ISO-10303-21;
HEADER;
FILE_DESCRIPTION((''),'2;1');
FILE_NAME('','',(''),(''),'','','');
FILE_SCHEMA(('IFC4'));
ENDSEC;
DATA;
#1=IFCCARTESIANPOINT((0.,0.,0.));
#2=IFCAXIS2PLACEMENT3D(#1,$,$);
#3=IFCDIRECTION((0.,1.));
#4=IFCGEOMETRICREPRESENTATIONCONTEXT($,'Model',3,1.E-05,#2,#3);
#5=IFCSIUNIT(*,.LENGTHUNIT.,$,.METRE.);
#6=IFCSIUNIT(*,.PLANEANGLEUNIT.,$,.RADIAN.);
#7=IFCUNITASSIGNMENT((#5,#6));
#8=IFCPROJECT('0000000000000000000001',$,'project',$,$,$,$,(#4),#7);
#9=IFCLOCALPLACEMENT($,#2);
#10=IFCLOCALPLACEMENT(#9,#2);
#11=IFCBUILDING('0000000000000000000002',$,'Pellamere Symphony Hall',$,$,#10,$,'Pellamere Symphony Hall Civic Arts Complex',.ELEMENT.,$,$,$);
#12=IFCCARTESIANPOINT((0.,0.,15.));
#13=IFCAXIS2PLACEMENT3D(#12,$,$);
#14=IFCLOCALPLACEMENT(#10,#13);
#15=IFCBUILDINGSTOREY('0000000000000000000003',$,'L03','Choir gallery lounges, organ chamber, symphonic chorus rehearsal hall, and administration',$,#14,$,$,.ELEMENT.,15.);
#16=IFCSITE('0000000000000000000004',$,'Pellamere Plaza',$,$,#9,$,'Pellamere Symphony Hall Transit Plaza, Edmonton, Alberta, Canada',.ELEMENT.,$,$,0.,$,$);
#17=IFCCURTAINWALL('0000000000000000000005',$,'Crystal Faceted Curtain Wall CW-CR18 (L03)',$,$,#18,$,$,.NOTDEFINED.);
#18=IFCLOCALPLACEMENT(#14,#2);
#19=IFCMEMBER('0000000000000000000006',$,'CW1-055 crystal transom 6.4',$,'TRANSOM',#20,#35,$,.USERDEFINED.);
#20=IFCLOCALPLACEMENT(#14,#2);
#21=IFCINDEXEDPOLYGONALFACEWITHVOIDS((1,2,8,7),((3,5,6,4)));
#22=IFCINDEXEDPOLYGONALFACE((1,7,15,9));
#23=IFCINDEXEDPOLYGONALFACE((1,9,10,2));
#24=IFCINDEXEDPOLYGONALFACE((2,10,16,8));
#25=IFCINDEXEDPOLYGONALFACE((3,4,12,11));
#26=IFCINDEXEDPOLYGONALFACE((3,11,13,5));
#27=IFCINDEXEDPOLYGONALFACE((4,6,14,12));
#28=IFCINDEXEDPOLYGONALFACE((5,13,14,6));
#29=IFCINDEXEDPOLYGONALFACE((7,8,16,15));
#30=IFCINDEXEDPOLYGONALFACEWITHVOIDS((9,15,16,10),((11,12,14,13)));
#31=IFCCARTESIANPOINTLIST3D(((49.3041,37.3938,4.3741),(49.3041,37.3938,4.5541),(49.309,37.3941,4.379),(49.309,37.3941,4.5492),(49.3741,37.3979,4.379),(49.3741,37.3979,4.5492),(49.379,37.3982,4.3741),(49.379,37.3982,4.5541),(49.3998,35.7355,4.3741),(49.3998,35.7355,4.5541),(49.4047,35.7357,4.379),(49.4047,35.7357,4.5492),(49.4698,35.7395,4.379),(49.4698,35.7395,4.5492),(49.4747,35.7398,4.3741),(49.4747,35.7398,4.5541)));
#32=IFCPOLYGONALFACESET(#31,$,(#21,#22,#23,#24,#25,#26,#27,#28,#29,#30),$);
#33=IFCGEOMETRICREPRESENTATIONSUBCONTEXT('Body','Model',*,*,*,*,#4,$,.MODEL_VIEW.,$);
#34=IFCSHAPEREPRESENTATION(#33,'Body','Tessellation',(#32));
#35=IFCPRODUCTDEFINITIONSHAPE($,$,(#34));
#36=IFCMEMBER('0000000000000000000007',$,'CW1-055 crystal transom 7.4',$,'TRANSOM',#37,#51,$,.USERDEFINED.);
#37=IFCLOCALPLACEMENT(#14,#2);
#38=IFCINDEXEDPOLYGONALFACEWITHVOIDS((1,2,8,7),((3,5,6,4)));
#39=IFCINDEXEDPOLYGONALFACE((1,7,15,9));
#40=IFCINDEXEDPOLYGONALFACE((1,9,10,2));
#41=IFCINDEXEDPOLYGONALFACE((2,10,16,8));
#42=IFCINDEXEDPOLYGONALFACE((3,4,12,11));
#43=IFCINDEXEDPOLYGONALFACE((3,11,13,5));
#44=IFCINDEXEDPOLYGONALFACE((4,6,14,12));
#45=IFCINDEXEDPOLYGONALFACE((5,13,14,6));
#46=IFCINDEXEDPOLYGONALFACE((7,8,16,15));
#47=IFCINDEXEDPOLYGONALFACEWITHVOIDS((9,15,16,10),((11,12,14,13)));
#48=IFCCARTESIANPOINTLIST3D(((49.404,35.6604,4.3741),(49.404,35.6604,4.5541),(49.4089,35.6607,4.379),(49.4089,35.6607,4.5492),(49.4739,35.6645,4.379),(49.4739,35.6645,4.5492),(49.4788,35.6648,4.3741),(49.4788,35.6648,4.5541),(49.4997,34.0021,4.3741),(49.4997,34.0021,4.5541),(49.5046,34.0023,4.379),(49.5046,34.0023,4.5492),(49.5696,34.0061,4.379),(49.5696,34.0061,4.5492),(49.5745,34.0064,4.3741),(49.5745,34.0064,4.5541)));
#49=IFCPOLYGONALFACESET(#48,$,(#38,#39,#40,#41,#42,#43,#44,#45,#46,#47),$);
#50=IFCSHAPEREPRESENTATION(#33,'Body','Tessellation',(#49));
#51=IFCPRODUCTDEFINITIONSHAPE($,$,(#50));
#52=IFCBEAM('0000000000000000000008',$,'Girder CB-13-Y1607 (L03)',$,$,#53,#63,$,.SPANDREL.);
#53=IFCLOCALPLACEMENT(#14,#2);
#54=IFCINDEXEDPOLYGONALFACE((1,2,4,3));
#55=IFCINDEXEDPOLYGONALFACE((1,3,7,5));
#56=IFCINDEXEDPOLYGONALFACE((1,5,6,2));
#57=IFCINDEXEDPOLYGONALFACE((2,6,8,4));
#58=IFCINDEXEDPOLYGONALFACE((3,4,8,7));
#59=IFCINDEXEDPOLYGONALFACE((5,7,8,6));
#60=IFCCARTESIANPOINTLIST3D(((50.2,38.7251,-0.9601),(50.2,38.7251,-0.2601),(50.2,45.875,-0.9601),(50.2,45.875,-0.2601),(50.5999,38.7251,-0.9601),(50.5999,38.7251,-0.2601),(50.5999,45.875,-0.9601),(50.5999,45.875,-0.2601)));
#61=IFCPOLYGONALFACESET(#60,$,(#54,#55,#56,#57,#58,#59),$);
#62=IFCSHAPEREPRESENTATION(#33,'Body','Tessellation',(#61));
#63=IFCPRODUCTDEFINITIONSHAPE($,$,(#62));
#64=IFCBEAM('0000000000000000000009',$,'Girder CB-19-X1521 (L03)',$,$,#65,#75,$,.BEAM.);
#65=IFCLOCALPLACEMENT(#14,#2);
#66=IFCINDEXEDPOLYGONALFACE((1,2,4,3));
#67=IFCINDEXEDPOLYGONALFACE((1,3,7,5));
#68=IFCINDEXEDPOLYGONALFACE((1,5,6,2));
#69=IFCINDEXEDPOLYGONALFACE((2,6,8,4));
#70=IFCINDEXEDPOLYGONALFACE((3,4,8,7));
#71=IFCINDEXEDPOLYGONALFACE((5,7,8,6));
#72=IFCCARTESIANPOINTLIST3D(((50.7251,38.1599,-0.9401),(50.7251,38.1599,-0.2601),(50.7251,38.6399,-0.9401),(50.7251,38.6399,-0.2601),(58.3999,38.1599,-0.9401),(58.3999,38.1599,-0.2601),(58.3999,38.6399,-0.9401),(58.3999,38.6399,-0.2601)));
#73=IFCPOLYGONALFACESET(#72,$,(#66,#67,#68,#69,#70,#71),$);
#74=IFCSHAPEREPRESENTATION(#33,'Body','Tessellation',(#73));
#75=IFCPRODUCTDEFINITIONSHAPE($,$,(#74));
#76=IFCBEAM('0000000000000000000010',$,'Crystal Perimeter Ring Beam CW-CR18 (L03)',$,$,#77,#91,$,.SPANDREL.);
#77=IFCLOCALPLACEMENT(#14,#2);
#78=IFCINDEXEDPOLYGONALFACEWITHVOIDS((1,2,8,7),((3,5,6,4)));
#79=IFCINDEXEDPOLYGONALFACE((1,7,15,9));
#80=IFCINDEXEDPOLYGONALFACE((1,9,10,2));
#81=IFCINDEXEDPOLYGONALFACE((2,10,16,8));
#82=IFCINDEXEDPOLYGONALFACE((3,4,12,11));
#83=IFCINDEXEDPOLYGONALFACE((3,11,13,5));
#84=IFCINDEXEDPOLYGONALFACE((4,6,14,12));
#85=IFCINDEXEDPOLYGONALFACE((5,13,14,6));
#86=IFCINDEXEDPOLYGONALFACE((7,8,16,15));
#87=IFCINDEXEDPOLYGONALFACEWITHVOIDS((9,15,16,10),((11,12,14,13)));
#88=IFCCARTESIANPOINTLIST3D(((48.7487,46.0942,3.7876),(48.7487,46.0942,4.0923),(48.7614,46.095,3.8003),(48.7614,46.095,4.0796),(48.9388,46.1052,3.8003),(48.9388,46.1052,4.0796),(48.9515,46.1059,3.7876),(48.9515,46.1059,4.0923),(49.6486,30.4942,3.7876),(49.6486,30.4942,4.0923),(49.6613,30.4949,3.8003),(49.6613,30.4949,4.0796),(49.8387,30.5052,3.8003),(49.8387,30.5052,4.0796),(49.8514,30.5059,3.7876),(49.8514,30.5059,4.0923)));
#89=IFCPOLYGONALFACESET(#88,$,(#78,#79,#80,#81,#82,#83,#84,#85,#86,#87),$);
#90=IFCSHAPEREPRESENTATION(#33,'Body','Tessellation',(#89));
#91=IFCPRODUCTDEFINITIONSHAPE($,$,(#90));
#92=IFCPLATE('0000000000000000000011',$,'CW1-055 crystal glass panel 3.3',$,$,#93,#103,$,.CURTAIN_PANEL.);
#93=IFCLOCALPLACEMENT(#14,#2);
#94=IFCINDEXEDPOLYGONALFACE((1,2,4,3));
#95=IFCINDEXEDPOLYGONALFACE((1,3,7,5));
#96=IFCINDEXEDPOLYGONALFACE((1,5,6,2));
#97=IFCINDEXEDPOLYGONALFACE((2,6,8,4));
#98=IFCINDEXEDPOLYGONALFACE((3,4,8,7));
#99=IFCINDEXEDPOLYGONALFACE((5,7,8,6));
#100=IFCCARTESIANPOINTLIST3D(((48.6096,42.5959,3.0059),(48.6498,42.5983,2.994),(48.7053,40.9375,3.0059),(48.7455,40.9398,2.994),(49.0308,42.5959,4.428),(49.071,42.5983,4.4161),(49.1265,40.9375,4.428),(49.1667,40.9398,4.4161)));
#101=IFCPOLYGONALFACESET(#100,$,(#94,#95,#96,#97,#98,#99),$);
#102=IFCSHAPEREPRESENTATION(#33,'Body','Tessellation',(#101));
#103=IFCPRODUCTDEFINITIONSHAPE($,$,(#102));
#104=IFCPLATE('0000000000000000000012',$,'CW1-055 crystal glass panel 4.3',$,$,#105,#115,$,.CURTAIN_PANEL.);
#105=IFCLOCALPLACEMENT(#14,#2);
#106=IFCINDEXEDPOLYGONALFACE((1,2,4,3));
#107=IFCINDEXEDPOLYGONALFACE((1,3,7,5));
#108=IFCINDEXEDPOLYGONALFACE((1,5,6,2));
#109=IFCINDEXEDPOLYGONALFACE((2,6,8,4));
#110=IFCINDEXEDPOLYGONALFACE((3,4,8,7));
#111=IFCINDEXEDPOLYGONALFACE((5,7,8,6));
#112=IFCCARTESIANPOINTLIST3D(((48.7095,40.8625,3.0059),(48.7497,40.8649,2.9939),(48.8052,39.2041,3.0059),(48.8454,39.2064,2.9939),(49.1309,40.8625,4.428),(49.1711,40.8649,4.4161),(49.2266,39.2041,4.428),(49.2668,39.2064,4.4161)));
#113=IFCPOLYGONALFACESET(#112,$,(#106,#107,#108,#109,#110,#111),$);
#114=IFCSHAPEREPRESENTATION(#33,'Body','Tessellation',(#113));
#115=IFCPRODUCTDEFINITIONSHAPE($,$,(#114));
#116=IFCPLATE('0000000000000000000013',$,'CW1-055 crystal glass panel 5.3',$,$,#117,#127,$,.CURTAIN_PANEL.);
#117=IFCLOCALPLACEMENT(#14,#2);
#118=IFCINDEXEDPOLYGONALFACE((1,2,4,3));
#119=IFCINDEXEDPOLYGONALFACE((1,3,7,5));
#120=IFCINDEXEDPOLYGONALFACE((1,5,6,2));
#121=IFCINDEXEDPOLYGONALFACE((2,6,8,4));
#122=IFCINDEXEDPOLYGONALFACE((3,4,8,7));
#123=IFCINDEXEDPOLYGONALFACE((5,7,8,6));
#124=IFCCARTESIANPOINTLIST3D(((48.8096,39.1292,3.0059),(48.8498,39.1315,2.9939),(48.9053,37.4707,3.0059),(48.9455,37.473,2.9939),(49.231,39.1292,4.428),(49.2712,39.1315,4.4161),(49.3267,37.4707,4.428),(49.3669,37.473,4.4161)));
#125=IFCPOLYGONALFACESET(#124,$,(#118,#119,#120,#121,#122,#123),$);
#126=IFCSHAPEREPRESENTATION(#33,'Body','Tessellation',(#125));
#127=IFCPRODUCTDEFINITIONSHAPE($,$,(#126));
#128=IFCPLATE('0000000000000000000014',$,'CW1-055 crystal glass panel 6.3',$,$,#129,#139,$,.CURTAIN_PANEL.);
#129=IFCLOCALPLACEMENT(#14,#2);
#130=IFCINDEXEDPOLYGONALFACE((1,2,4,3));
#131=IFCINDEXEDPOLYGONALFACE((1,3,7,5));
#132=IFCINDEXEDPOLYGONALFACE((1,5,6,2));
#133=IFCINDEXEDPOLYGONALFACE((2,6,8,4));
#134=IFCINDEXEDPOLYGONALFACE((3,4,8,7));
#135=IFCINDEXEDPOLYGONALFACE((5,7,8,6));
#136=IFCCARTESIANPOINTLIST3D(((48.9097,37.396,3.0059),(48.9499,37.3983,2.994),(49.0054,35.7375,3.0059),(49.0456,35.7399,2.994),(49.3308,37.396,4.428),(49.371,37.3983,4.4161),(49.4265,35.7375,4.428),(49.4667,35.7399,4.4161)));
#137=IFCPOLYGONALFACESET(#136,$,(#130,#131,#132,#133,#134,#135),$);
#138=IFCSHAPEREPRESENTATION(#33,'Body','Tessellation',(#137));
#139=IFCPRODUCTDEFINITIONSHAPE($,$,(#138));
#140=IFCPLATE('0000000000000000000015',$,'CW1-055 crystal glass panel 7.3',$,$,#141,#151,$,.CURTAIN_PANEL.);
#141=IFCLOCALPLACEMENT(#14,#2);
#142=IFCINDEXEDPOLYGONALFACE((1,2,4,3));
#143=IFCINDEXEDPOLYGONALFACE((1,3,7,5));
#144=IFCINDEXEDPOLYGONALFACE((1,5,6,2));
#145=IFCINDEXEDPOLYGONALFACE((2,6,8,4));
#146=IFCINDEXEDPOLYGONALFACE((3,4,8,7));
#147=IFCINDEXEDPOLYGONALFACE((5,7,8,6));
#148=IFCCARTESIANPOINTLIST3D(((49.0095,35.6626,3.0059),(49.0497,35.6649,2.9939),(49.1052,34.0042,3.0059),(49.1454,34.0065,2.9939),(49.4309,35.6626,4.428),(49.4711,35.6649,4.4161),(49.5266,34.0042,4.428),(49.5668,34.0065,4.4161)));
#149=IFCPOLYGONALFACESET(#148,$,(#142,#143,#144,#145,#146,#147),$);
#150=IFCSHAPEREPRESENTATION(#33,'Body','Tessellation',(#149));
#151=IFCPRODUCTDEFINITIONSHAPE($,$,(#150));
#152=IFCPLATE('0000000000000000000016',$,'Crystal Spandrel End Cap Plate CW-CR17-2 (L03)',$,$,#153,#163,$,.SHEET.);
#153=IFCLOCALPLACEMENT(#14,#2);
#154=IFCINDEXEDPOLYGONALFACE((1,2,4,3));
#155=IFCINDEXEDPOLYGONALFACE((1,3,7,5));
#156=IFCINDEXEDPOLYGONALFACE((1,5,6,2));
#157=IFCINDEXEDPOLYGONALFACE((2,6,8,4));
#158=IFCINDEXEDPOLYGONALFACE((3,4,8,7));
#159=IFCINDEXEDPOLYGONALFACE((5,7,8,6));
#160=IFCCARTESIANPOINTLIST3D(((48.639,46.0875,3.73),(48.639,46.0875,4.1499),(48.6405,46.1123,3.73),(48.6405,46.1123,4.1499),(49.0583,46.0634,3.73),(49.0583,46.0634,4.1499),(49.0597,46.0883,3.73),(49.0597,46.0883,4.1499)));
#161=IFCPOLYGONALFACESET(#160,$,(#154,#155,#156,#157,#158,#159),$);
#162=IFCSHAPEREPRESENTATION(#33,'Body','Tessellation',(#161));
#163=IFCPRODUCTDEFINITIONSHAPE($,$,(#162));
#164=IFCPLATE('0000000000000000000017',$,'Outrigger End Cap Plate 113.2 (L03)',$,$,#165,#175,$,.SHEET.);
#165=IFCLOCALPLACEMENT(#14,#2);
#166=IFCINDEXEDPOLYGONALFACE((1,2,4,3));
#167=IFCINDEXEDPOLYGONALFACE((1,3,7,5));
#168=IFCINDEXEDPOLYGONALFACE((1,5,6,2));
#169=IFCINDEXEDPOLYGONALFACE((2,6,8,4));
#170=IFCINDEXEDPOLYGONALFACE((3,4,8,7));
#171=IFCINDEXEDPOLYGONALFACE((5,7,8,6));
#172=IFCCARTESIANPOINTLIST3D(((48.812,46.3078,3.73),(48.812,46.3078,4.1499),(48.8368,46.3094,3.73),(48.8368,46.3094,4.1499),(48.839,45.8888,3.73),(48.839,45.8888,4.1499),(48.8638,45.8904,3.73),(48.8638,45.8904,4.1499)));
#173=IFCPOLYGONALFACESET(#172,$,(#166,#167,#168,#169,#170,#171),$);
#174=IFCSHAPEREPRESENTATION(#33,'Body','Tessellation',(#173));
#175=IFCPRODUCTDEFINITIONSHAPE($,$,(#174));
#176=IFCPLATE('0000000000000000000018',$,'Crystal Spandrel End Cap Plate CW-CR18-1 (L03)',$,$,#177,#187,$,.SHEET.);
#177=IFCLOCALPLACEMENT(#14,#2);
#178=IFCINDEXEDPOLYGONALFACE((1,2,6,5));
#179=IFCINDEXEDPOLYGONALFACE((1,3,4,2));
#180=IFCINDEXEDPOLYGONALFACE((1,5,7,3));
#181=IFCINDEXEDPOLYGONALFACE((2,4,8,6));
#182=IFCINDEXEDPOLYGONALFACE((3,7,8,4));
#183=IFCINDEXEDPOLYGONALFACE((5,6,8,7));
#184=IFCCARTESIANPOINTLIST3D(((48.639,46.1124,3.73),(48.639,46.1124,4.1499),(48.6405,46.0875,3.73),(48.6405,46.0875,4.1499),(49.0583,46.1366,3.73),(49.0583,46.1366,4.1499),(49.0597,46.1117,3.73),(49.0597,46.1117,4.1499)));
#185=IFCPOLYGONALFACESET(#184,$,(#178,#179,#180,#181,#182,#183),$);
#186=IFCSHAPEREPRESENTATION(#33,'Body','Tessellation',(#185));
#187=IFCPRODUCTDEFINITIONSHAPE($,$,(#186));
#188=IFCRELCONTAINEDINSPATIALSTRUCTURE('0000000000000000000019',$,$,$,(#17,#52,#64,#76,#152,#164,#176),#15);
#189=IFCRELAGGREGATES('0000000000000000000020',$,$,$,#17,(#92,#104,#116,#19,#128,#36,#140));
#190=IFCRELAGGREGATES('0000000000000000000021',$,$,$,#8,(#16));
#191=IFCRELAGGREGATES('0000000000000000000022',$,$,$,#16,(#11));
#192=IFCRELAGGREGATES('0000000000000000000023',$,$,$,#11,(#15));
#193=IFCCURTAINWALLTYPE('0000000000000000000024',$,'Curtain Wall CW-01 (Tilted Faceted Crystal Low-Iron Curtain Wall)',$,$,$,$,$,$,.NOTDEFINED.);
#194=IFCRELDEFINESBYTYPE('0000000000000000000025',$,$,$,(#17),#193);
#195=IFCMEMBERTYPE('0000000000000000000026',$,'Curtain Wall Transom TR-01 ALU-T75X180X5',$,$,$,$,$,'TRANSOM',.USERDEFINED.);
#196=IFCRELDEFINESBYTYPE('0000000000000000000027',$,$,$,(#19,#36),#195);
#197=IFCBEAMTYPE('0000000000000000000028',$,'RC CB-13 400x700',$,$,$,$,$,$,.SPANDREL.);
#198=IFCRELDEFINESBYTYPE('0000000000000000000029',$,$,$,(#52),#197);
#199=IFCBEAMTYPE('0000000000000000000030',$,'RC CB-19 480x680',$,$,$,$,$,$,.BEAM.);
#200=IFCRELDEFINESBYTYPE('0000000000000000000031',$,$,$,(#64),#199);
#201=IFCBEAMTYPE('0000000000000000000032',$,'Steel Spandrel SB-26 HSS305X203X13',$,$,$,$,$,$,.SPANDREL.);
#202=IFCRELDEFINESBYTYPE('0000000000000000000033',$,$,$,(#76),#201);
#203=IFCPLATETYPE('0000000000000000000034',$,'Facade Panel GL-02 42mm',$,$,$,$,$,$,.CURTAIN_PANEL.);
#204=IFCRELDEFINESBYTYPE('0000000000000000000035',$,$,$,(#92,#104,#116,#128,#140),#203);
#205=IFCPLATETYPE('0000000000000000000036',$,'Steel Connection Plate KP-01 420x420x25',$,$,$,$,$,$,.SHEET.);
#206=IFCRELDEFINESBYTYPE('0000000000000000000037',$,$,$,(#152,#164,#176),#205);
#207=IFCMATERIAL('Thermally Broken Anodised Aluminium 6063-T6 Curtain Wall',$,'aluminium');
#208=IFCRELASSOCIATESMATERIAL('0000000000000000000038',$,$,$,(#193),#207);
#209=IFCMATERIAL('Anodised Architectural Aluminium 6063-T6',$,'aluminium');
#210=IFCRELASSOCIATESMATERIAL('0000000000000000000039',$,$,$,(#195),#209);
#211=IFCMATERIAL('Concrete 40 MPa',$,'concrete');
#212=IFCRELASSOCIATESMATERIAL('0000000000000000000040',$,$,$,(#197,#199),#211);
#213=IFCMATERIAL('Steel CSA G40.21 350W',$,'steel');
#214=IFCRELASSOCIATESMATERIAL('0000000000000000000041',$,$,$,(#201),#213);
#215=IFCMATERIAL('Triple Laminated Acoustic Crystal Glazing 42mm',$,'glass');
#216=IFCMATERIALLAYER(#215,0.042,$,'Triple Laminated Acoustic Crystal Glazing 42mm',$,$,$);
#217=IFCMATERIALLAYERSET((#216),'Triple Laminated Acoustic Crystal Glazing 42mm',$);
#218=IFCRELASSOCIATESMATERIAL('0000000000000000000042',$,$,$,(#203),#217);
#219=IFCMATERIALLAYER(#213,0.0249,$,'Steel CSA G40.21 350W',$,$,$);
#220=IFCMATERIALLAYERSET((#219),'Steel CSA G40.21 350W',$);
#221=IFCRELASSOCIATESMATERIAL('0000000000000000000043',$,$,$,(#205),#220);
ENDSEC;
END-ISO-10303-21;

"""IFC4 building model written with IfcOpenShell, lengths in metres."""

from ifc_helpers import new_model, si_unit, direction, frame, origin, origin_2d, place, context, subcontext, project, spatial, polyline, rectangle, hollow_rectangle, outline, extrude, material, layer, layer_set, material_profile, profile_set, type_object, element, aggregate, save


model = new_model("IFC4")

# Units and contexts
model_context = context("Model", 3, precision=1e-05, world=origin(), true_north=direction((0.0, 1.0)))
body_context = subcontext(model_context, "Body", "Model", "MODEL_VIEW")
ifc_project = project(units=[si_unit("LENGTHUNIT", "METRE"), si_unit("PLANEANGLEUNIT", "RADIAN")], contexts=[model_context])

# Site, building, storey
site_placement = place(None, origin())
site = spatial("IfcSite", under=ifc_project, at=site_placement, Name="Pellamere Plaza", LongName="Pellamere Symphony Hall Transit Plaza, Edmonton, Alberta, Canada", CompositionType="ELEMENT", RefElevation=0.0)
building_placement = place(site_placement, origin())
building = spatial("IfcBuilding", under=site, at=building_placement, Name="Pellamere Symphony Hall", LongName="Pellamere Symphony Hall Civic Arts Complex", CompositionType="ELEMENT")
storey_placement = place(building_placement, frame((0.0, 0.0, 15.0)))
storey = spatial("IfcBuildingStorey", under=building, at=storey_placement, Name="L03", Description="Choir gallery lounges, organ chamber, symphonic chorus rehearsal hall, and administration", CompositionType="ELEMENT", Elevation=15.0)

# Shared definitions
ifc_material_1 = material(Name="Concrete 40 MPa", Category="concrete")

# Shared definitions
ifc_material_2 = material(Name="Thermally Broken Anodised Aluminium 6063-T6 Curtain Wall", Category="aluminium")
curtain_wall_type = type_object("IfcCurtainWallType", Name="Curtain Wall CW-01 (Tilted Faceted Crystal Low-Iron Curtain Wall)", PredefinedType="NOTDEFINED", material=ifc_material_2)
ifc_material_3 = material(Name="Anodised Architectural Aluminium 6063-T6", Category="aluminium")

# Curtain wall, members
curtain_wall_1_placement = place(storey_placement, origin())
curtain_wall_1 = element("IfcCurtainWall", 1, at=curtain_wall_1_placement, inside=storey, type_object=curtain_wall_type, Name="Crystal Faceted Curtain Wall CW-CR18 (L03)", PredefinedType="NOTDEFINED")
ifc_material_profile_1 = material_profile(ifc_material_3, hollow_rectangle(XDim=0.075, YDim=0.1799, WallThickness=0.0049, at=origin_2d()), Name="ALU-T75X180X5")
ifc_profile_set_1 = profile_set([ifc_material_profile_1], Name="Anodised Architectural Aluminium 6063-T6")
member_type_1 = type_object("IfcMemberType", Name="Curtain Wall Transom TR-01 ALU-T75X180X5", ElementType="TRANSOM", PredefinedType="USERDEFINED", material=ifc_profile_set_1)
member_1_placement = place(storey_placement, frame((49.3416, 37.396, 4.4641), z_axis=(0.057611, -0.998339, 0.0), x_axis=(0.998339, 0.057611, 0.0)))
member_1 = element("IfcMember", 2, at=member_1_placement, type_object=member_type_1, Name="CW1-055 crystal transom 6.4", ObjectType="TRANSOM", PredefinedType="USERDEFINED", context=body_context, shape_type="SweptSolid", body=[
    extrude(hollow_rectangle(XDim=0.075, YDim=0.1799, WallThickness=0.0049, at=origin_2d()), origin(), (0.0, 0.0, 1.0), 1.6611),
])
member_2_placement = place(storey_placement, frame((49.4414, 35.6626, 4.4641), z_axis=(0.057611, -0.998339, 0.0), x_axis=(0.998339, 0.057611, 0.0)))
member_2 = element("IfcMember", 3, at=member_2_placement, type_object=member_type_1, Name="CW1-055 crystal transom 7.4", ObjectType="TRANSOM", PredefinedType="USERDEFINED", context=body_context, shape_type="SweptSolid", body=[
    extrude(hollow_rectangle(XDim=0.075, YDim=0.1799, WallThickness=0.0049, at=origin_2d()), origin(), (0.0, 0.0, 1.0), 1.6611),
])

# Beams
ifc_material_profile_2 = material_profile(ifc_material_1, rectangle(XDim=0.3999, YDim=0.7, at=origin_2d()), Name="RC 400x700")
ifc_profile_set_2 = profile_set([ifc_material_profile_2], Name="Concrete 40 MPa")
beam_type_1 = type_object("IfcBeamType", Name="RC CB-13 400x700", PredefinedType="SPANDREL", material=ifc_profile_set_2)
beam_1_placement = place(storey_placement, frame((50.3999, 38.7251, -0.6101), z_axis=(0.0, 1.0, 0.0), x_axis=(-1.0, 0.0, 0.0)))
element("IfcBeam", 4, at=beam_1_placement, inside=storey, type_object=beam_type_1, Name="Girder CB-13-Y1607 (L03)", PredefinedType="SPANDREL", context=body_context, shape_type="SweptSolid", body=[
    extrude(rectangle(XDim=0.3999, YDim=0.7, at=origin_2d()), origin(), (0.0, 0.0, 1.0), 7.1499),
])
ifc_material_profile_3 = material_profile(ifc_material_1, rectangle(XDim=0.48, YDim=0.6799, at=origin_2d()), Name="RC 480x680")
ifc_profile_set_3 = profile_set([ifc_material_profile_3], Name="Concrete 40 MPa")
beam_type_2 = type_object("IfcBeamType", Name="RC CB-19 480x680", PredefinedType="BEAM", material=ifc_profile_set_3)
beam_2_placement = place(storey_placement, frame((50.7251, 38.3999, -0.6001), z_axis=(1.0, 0.0, 0.0), x_axis=(0.0, 1.0, 0.0)))
element("IfcBeam", 5, at=beam_2_placement, inside=storey, type_object=beam_type_2, Name="Girder CB-19-X1521 (L03)", PredefinedType="BEAM", context=body_context, shape_type="SweptSolid", body=[
    extrude(rectangle(XDim=0.48, YDim=0.6799, at=origin_2d()), origin(), (0.0, 0.0, 1.0), 7.6748),
])
ifc_material_4 = material(Name="Steel CSA G40.21 350W", Category="steel")
ifc_material_profile_4 = material_profile(ifc_material_4, hollow_rectangle(XDim=0.2031, YDim=0.3047, WallThickness=0.0127, at=origin_2d()), Name="HSS305X203X13")
ifc_profile_set_4 = profile_set([ifc_material_profile_4], Name="Steel CSA G40.21 350W")
beam_type_3 = type_object("IfcBeamType", Name="Steel Spandrel SB-26 HSS305X203X13", PredefinedType="SPANDREL", material=ifc_profile_set_4)
beam_3_placement = place(storey_placement, frame((48.8501, 46.1001, 3.9399), z_axis=(0.05759, -0.99834, 0.0), x_axis=(0.99834, 0.05759, 0.0)))
element("IfcBeam", 6, at=beam_3_placement, inside=storey, type_object=beam_type_3, Name="Crystal Perimeter Ring Beam CW-CR18 (L03)", PredefinedType="SPANDREL", context=body_context, shape_type="SweptSolid", body=[
    extrude(hollow_rectangle(XDim=0.2031, YDim=0.3047, WallThickness=0.0127, at=origin_2d()), origin(), (0.0, 0.0, 1.0), 15.626),
])

# Plates
ifc_material_5 = material(Name="Triple Laminated Acoustic Crystal Glazing 42mm", Category="glass")
ifc_layer_1 = layer(ifc_material_5, 0.042, Name="Triple Laminated Acoustic Crystal Glazing 42mm")
ifc_layer_set_1 = layer_set([ifc_layer_1], Name="Triple Laminated Acoustic Crystal Glazing 42mm")
plate_type_1 = type_object("IfcPlateType", Name="Facade Panel GL-02 42mm", PredefinedType="CURTAIN_PANEL", material=ifc_layer_set_1)
plate_1_placement = place(storey_placement, frame((48.6096, 42.5959, 3.0059), z_axis=(-0.957375, -0.055247, 0.283515), x_axis=(0.057611, -0.998339, 0.0)))
plate_1 = element("IfcPlate", 7, at=plate_1_placement, type_object=plate_type_1, Name="CW1-055 crystal glass panel 3.3", PredefinedType="CURTAIN_PANEL", context=body_context, shape_type="SweptSolid", body=[
    extrude(outline(polyline([(0.0, 0.0), (1.6612, 0.0), (1.6855, 1.483), (0.0243, 1.483), (0.0, 0.0)])), origin(), (0.0, 0.0, -1.0), 0.042),
])
plate_2_placement = place(storey_placement, frame((48.7095, 40.8625, 3.0059), z_axis=(-0.957331, -0.055244, 0.283666), x_axis=(0.057611, -0.998339, 0.0)))
plate_2 = element("IfcPlate", 8, at=plate_2_placement, type_object=plate_type_1, Name="CW1-055 crystal glass panel 4.3", PredefinedType="CURTAIN_PANEL", context=body_context, shape_type="SweptSolid", body=[
    extrude(outline(polyline([(0.0, 0.0), (1.6612, 0.0), (1.6855, 1.483), (0.0243, 1.483), (0.0, 0.0)])), origin(), (0.0, 0.0, -1.0), 0.042),
])
plate_3_placement = place(storey_placement, frame((48.8096, 39.1292, 3.0059), z_axis=(-0.957331, -0.055244, 0.283666), x_axis=(0.057611, -0.998339, 0.0)))
plate_3 = element("IfcPlate", 9, at=plate_3_placement, type_object=plate_type_1, Name="CW1-055 crystal glass panel 5.3", PredefinedType="CURTAIN_PANEL", context=body_context, shape_type="SweptSolid", body=[
    extrude(outline(polyline([(0.0, 0.0), (1.6612, 0.0), (1.6855, 1.483), (0.0243, 1.483), (0.0, 0.0)])), origin(), (0.0, 0.0, -1.0), 0.042),
])
plate_4_placement = place(storey_placement, frame((48.9097, 37.396, 3.0059), z_axis=(-0.957375, -0.055247, 0.283515), x_axis=(0.057611, -0.998339, 0.0)))
plate_4 = element("IfcPlate", 10, at=plate_4_placement, type_object=plate_type_1, Name="CW1-055 crystal glass panel 6.3", PredefinedType="CURTAIN_PANEL", context=body_context, shape_type="SweptSolid", body=[
    extrude(outline(polyline([(0.0, 0.0), (1.6612, 0.0), (1.6855, 1.483), (0.0243, 1.483), (0.0, 0.0)])), origin(), (0.0, 0.0, -1.0), 0.042),
])
plate_5_placement = place(storey_placement, frame((49.0095, 35.6626, 3.0059), z_axis=(-0.957331, -0.055244, 0.283666), x_axis=(0.057611, -0.998339, 0.0)))
plate_5 = element("IfcPlate", 11, at=plate_5_placement, type_object=plate_type_1, Name="CW1-055 crystal glass panel 7.3", PredefinedType="CURTAIN_PANEL", context=body_context, shape_type="SweptSolid", body=[
    extrude(outline(polyline([(0.0, 0.0), (1.6612, 0.0), (1.6855, 1.483), (0.0243, 1.483), (0.0, 0.0)])), origin(), (0.0, 0.0, -1.0), 0.042),
])
aggregate(curtain_wall_1, [plate_1, plate_2, plate_3, member_1, plate_4, member_2, plate_5])

# Plates
ifc_layer_2 = layer(ifc_material_4, 0.0249, Name="Steel CSA G40.21 350W")
ifc_layer_set_2 = layer_set([ifc_layer_2], Name="Steel CSA G40.21 350W")
plate_type_2 = type_object("IfcPlateType", Name="Steel Connection Plate KP-01 420x420x25", PredefinedType="SHEET", material=ifc_layer_set_2)
for number, where, z_axis, x_axis, name in (
    (12, (48.8494, 46.0879, 3.73), (0.0, 0.0, 1.0), (-0.057216, -0.998362, 0.0), "Crystal Spandrel End Cap Plate CW-CR17-2 (L03)"),
    (13, (48.8379, 46.0991, 3.73), (0.0, 0.0, 1.0), (-0.997927, -0.064358, 0.0), "Outrigger End Cap Plate 113.2 (L03)"),
    (14, (48.8494, 46.1121, 3.73), (0.0, 0.0, 1.0), (0.057564, -0.998342, 0.0), "Crystal Spandrel End Cap Plate CW-CR18-1 (L03)"),
):
    element("IfcPlate", number, at=place(storey_placement, frame(where, z_axis=z_axis, x_axis=x_axis)), inside=storey, type_object=plate_type_2, Name=name, PredefinedType="SHEET", context=body_context, shape_type="SweptSolid", body=[
        extrude(rectangle(XDim=0.0249, YDim=0.4199, at=origin_2d()), origin(), (0.0, 0.0, 1.0), 0.4199),
    ])

save(model, "model.ifc")
